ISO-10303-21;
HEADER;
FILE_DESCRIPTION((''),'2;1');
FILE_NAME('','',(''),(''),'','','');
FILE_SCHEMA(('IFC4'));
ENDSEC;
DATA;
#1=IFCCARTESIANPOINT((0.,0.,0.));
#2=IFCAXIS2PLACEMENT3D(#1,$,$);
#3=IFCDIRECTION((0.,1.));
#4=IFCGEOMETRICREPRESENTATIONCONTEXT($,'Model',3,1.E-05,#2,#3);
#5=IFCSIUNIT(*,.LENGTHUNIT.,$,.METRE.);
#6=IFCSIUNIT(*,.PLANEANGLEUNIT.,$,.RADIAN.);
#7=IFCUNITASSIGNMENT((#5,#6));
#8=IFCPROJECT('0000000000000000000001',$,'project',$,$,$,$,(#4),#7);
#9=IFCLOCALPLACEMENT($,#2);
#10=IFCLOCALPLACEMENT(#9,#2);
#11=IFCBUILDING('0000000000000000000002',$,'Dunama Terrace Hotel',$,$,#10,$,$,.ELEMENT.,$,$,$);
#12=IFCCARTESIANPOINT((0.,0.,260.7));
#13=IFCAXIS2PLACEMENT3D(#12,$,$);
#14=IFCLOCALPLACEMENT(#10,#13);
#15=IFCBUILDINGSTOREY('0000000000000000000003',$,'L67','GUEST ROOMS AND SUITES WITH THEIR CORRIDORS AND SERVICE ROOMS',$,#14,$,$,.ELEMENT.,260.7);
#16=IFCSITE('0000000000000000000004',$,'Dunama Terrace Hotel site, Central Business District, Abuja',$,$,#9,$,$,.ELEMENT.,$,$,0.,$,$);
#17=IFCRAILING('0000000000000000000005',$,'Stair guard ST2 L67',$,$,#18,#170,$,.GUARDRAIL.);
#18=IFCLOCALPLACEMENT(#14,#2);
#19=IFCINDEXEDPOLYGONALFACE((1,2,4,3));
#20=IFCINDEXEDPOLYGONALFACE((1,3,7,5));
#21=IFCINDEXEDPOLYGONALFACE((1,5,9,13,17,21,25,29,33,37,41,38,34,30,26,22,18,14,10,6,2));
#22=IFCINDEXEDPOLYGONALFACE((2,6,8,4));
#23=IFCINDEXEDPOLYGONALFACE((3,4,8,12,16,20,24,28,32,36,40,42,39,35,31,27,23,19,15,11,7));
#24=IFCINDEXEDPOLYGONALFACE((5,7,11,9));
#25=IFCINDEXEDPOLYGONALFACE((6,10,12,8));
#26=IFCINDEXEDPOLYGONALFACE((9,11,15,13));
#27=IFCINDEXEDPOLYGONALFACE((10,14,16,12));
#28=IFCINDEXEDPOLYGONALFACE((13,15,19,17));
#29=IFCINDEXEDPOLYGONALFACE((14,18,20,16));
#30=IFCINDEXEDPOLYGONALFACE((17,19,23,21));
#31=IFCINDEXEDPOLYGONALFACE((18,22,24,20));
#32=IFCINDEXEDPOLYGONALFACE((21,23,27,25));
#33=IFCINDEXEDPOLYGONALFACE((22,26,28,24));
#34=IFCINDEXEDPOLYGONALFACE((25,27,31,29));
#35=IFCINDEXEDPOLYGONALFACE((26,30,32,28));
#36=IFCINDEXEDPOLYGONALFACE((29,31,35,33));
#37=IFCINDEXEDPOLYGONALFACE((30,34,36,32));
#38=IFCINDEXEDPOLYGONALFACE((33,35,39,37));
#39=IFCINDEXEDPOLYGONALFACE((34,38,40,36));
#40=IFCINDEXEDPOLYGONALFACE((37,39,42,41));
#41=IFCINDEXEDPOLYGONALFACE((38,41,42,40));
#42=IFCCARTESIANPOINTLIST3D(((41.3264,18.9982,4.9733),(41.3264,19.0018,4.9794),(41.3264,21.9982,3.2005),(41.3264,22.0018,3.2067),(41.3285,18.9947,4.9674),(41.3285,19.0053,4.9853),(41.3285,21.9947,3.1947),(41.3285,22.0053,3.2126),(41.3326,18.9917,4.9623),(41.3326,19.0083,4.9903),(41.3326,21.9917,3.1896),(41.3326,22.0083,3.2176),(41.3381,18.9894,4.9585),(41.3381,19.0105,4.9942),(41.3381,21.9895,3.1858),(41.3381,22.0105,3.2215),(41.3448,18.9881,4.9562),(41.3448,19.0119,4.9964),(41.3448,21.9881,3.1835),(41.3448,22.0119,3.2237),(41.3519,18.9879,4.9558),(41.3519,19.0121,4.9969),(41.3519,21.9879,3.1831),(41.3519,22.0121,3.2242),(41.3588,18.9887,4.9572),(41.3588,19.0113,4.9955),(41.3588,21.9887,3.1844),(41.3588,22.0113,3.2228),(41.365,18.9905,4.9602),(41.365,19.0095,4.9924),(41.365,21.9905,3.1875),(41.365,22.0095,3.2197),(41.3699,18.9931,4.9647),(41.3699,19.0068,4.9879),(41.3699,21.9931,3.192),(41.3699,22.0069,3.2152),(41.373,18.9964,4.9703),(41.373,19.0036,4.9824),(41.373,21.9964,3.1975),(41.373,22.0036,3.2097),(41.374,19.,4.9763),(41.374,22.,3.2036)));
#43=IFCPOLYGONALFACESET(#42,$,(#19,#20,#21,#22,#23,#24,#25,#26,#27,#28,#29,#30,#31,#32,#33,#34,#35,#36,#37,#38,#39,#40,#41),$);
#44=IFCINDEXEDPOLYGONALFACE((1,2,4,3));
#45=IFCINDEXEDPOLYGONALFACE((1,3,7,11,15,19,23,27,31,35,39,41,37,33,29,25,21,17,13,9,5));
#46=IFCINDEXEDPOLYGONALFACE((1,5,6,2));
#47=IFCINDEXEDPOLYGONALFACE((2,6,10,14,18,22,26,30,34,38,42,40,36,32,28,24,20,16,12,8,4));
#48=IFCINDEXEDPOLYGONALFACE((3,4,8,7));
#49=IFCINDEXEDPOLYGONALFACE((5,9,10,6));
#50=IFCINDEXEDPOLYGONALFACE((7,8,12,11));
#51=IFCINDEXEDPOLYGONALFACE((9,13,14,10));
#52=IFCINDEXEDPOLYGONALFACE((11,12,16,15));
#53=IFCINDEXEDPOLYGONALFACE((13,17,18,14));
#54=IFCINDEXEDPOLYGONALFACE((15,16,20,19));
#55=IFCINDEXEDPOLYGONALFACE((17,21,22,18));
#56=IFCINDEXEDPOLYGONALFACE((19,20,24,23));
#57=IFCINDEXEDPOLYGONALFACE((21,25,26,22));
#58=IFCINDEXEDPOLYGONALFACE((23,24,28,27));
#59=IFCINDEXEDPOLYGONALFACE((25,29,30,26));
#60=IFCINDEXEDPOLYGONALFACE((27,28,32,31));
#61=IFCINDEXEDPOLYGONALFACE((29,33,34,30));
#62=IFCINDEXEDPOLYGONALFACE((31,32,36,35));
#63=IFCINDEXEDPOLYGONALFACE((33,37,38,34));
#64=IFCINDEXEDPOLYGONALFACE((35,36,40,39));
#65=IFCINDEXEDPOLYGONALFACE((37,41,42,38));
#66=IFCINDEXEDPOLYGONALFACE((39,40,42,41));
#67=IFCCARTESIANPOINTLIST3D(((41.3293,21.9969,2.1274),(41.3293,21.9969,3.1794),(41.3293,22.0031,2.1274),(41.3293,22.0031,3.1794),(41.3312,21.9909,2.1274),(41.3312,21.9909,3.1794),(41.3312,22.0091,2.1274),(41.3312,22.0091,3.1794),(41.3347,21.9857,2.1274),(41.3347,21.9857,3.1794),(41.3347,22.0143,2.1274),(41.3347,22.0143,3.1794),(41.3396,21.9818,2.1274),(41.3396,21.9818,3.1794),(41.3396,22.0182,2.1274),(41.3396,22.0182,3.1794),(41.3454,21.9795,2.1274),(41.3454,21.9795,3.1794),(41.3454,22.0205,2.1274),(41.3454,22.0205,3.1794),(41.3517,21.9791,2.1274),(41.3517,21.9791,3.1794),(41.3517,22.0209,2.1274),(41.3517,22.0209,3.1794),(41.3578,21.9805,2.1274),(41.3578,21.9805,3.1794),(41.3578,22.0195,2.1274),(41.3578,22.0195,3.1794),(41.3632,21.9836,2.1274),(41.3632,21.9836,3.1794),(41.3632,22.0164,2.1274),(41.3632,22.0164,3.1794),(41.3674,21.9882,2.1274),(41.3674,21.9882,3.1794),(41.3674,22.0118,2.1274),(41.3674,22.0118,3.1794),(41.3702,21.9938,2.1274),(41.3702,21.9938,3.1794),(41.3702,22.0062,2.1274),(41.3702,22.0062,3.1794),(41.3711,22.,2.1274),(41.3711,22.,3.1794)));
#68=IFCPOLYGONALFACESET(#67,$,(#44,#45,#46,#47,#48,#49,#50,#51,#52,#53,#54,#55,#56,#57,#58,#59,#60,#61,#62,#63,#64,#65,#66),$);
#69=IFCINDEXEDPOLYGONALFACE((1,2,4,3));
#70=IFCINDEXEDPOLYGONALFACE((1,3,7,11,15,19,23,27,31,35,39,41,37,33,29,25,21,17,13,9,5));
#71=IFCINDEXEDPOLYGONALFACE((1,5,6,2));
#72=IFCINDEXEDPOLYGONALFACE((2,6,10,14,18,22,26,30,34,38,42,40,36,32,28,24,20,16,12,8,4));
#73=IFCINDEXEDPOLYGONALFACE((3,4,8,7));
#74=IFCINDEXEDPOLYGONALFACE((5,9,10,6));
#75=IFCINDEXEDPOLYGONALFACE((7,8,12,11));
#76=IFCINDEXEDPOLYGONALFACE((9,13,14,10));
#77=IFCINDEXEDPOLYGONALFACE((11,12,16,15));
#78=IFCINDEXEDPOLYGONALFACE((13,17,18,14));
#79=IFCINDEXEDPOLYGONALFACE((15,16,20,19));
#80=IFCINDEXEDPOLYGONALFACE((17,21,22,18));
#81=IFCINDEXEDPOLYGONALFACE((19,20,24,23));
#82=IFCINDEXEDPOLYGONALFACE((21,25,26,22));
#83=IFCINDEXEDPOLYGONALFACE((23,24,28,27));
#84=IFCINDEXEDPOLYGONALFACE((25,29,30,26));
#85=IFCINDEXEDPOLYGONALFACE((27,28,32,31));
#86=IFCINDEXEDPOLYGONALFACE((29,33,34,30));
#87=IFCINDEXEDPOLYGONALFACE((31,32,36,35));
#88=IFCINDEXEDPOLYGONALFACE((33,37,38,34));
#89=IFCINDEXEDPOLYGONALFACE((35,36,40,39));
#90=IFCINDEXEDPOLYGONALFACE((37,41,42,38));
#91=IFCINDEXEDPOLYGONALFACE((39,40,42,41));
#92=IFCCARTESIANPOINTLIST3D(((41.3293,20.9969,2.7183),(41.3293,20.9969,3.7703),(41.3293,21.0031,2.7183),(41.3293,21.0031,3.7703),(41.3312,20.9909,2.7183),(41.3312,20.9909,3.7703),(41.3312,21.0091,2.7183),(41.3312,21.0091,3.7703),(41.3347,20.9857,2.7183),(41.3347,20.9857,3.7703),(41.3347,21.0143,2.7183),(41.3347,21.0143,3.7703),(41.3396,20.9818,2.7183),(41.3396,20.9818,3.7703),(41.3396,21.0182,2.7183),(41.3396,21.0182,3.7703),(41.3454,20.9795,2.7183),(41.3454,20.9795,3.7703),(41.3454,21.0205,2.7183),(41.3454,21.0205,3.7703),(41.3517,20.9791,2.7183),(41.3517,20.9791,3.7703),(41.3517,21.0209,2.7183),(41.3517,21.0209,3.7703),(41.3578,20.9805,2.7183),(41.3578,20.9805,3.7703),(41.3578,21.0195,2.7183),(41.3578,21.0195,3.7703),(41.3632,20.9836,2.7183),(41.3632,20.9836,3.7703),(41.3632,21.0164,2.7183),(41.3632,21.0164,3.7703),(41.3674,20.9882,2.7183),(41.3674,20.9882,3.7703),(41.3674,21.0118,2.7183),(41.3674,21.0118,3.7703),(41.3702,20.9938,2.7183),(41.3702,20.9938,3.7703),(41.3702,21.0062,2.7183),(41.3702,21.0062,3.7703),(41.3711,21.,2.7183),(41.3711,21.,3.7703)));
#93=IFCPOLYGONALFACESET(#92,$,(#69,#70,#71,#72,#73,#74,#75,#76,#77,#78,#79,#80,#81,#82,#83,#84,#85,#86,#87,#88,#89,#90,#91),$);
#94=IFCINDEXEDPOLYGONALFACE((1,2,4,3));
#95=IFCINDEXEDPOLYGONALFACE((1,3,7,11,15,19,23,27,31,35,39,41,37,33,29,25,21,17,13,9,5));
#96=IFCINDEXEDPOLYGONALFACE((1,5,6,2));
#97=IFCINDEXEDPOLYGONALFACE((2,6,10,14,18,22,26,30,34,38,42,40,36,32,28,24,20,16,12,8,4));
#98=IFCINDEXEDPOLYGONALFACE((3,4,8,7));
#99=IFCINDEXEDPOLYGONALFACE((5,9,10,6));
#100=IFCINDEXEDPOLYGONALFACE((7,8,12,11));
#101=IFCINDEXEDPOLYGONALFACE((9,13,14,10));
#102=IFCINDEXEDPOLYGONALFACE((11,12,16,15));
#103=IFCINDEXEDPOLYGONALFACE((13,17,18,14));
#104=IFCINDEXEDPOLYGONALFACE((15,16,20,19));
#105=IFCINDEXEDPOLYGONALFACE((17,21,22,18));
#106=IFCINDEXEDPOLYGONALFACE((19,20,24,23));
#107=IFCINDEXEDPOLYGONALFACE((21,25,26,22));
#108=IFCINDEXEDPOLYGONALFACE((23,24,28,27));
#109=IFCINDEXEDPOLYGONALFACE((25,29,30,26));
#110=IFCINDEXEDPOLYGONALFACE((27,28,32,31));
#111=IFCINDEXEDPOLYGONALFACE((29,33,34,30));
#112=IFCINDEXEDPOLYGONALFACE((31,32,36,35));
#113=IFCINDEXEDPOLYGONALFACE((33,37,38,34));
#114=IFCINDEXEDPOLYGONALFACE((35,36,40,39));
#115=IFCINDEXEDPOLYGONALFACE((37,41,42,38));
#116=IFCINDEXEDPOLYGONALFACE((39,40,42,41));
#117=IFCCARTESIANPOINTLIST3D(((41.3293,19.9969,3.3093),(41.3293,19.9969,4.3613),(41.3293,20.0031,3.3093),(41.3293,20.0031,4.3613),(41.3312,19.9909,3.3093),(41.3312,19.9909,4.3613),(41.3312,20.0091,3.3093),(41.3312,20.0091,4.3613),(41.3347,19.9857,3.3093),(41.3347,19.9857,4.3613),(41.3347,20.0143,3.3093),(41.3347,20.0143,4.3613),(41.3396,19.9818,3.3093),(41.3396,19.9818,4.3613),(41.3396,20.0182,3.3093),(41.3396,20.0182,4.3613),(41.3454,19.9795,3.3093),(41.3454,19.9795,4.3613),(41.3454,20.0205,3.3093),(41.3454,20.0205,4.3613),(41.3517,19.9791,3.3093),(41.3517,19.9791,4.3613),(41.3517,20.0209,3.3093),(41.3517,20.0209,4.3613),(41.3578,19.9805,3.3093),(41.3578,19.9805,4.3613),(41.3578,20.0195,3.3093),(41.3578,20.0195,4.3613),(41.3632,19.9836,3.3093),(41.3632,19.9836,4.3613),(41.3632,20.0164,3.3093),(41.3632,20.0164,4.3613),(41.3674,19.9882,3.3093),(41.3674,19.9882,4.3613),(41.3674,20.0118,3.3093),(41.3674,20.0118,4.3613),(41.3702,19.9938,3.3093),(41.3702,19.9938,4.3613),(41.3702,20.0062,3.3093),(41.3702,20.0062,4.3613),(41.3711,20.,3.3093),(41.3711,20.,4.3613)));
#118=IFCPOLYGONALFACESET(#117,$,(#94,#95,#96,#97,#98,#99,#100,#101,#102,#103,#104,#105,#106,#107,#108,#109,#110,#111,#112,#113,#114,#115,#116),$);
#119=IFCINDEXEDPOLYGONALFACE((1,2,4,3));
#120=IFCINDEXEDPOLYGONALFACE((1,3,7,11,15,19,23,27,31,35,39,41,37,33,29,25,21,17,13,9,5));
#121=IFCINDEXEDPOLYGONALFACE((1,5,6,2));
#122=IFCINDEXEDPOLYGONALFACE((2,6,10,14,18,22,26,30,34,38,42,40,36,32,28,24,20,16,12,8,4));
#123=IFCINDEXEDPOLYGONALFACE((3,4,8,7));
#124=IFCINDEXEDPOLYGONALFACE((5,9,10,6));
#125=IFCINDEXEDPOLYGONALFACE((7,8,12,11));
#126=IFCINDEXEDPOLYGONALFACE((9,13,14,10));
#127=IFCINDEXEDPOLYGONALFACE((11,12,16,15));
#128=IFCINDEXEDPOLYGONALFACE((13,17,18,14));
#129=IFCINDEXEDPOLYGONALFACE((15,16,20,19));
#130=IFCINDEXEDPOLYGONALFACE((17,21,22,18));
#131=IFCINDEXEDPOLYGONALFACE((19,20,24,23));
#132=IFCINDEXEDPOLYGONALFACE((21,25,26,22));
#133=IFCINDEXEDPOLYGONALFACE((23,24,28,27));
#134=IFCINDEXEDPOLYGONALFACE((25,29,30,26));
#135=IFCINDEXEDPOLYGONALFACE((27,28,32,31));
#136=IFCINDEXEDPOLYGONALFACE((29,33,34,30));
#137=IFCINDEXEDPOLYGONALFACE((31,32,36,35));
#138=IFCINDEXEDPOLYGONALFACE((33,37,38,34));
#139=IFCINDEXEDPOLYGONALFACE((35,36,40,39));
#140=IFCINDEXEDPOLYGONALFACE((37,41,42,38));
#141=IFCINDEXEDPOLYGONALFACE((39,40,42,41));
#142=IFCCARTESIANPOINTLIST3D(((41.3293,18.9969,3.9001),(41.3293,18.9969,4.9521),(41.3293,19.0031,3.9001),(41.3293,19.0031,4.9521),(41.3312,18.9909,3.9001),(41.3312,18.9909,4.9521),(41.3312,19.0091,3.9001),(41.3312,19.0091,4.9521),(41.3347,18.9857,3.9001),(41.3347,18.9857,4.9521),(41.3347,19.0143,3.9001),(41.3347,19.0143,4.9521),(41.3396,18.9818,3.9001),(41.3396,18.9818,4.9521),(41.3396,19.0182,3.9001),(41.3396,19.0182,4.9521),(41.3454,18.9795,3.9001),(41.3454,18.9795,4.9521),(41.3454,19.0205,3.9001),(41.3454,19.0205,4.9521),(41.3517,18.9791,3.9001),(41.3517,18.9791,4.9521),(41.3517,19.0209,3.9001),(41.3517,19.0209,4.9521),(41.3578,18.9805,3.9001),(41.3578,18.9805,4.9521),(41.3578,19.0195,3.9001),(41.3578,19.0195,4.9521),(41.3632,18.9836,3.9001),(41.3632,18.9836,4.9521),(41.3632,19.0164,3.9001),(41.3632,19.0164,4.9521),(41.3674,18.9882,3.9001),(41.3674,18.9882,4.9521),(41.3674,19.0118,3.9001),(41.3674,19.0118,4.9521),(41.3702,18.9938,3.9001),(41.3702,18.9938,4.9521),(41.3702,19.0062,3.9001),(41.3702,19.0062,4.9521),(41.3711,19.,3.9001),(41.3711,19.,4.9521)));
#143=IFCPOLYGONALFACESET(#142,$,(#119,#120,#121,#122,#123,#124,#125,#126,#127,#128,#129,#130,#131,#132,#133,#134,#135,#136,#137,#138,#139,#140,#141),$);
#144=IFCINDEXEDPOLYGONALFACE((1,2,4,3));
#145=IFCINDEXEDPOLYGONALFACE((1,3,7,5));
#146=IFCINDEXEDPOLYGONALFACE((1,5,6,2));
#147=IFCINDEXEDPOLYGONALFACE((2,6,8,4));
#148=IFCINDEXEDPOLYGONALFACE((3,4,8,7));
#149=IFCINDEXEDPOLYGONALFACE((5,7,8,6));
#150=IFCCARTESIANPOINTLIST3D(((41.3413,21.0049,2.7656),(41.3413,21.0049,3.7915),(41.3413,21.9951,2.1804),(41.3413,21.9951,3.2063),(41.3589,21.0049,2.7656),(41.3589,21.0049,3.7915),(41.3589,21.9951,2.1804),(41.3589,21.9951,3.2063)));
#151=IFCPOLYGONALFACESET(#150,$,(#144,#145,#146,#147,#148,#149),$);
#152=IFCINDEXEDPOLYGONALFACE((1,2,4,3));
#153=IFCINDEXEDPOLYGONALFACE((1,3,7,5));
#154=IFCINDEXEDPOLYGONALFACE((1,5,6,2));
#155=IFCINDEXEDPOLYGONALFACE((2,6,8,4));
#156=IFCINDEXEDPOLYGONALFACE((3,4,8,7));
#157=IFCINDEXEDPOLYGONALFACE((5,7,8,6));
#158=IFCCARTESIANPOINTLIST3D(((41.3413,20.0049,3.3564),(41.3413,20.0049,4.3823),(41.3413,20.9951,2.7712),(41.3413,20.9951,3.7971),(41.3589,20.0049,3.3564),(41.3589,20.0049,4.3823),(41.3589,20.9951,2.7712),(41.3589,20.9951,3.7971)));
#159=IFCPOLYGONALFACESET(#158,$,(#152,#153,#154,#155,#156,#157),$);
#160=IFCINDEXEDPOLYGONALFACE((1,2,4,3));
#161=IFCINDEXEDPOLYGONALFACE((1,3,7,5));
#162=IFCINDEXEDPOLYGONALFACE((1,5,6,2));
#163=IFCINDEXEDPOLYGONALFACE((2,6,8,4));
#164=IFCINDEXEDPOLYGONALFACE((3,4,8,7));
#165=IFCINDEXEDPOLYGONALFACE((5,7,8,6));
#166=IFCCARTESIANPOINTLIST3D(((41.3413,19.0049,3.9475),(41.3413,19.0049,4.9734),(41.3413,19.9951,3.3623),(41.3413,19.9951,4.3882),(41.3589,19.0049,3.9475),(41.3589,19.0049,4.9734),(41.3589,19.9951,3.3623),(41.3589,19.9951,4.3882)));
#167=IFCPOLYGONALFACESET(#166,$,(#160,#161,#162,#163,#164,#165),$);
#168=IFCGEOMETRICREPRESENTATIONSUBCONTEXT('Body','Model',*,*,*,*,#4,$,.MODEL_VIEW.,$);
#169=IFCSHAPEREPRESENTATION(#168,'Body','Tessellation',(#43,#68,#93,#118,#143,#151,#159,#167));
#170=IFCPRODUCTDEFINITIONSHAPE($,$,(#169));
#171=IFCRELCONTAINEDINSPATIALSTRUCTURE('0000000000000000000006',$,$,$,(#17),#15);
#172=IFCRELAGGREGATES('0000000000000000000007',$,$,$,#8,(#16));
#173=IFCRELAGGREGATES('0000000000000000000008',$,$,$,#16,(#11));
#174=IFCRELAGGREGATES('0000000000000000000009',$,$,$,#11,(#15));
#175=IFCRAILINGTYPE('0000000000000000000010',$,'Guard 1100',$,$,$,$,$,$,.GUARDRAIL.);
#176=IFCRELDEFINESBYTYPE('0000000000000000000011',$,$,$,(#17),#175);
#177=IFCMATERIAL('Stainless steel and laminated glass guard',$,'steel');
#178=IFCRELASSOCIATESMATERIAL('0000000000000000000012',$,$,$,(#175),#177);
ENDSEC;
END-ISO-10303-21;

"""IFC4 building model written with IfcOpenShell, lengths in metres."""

from ifc_helpers import new_model, si_unit, direction, frame, origin, origin_2d, place, context, subcontext, project, spatial, polyline, circle, outline, extrude, material, type_object, element, save


model = new_model("IFC4")

# Units and contexts
model_context = context("Model", 3, precision=1e-05, world=origin(), true_north=direction((0.0, 1.0)))
body_context = subcontext(model_context, "Body", "Model", "MODEL_VIEW")
ifc_project = project(units=[si_unit("LENGTHUNIT", "METRE"), si_unit("PLANEANGLEUNIT", "RADIAN")], contexts=[model_context])

# Site, building, storey
site_placement = place(None, origin())
site = spatial("IfcSite", under=ifc_project, at=site_placement, Name="Dunama Terrace Hotel site, Central Business District, Abuja", CompositionType="ELEMENT", RefElevation=0.0)
building_placement = place(site_placement, origin())
building = spatial("IfcBuilding", under=site, at=building_placement, Name="Dunama Terrace Hotel", CompositionType="ELEMENT")
storey_placement = place(building_placement, frame((0.0, 0.0, 260.7)))
storey = spatial("IfcBuildingStorey", under=building, at=storey_placement, Name="L67", Description="GUEST ROOMS AND SUITES WITH THEIR CORRIDORS AND SERVICE ROOMS", CompositionType="ELEMENT", Elevation=260.7)

# Railing
ifc_material_1 = material(Name="Stainless steel and laminated glass guard", Category="steel")
railing_type_1 = type_object("IfcRailingType", Name="Guard 1100", PredefinedType="GUARDRAIL", material=ifc_material_1)
railing_1_placement = place(storey_placement, frame((41.3501, 22.0, 2.1274)))
element("IfcRailing", 1, at=railing_1_placement, inside=storey, type_object=railing_type_1, Name="Stair guard ST2 L67", PredefinedType="GUARDRAIL", context=body_context, shape_type="SweptSolid", body=[
    extrude(circle(Radius=0.0239, at=origin_2d()), frame((0.0, 0.0, 1.0762), z_axis=(0.0, -0.860929, 0.508725), x_axis=(1.0, 0.0, 0.0)), (0.0, 0.0, 1.0), 3.4846),
    extrude(circle(Radius=0.021, at=origin_2d()), origin(), (0.0, 0.0, 1.0), 1.052),
    extrude(circle(Radius=0.021, at=origin_2d()), frame((0.0, -1.0, 0.5908)), (0.0, 0.0, 1.0), 1.052),
    extrude(circle(Radius=0.021, at=origin_2d()), frame((0.0, -2.0, 1.1819)), (0.0, 0.0, 1.0), 1.052),
    extrude(circle(Radius=0.021, at=origin_2d()), frame((0.0, -3.0, 1.7727)), (0.0, 0.0, 1.0), 1.052),
    extrude(outline(polyline([(0.0049, 0.053), (0.9951, 0.6382), (0.9951, 1.6641), (0.0049, 1.0789), (0.0049, 0.053)])), frame((0.0088, 0.0, 0.0), z_axis=(-1.0, 0.0, 0.0), x_axis=(0.0, -1.0, 0.0)), (0.0, 0.0, 1.0), 0.0176),
    extrude(outline(polyline([(0.0049, 0.053), (0.9951, 0.6382), (0.9951, 1.6641), (0.0049, 1.0789), (0.0049, 0.053)])), frame((0.0088, -1.0, 0.5908), z_axis=(-1.0, 0.0, 0.0), x_axis=(0.0, -1.0, 0.0)), (0.0, 0.0, 1.0), 0.0176),
    extrude(outline(polyline([(0.0049, 0.053), (0.9951, 0.6382), (0.9951, 1.6641), (0.0049, 1.0789), (0.0049, 0.053)])), frame((0.0088, -2.0, 1.1819), z_axis=(-1.0, 0.0, 0.0), x_axis=(0.0, -1.0, 0.0)), (0.0, 0.0, 1.0), 0.0176),
])

save(model, "model.ifc")
